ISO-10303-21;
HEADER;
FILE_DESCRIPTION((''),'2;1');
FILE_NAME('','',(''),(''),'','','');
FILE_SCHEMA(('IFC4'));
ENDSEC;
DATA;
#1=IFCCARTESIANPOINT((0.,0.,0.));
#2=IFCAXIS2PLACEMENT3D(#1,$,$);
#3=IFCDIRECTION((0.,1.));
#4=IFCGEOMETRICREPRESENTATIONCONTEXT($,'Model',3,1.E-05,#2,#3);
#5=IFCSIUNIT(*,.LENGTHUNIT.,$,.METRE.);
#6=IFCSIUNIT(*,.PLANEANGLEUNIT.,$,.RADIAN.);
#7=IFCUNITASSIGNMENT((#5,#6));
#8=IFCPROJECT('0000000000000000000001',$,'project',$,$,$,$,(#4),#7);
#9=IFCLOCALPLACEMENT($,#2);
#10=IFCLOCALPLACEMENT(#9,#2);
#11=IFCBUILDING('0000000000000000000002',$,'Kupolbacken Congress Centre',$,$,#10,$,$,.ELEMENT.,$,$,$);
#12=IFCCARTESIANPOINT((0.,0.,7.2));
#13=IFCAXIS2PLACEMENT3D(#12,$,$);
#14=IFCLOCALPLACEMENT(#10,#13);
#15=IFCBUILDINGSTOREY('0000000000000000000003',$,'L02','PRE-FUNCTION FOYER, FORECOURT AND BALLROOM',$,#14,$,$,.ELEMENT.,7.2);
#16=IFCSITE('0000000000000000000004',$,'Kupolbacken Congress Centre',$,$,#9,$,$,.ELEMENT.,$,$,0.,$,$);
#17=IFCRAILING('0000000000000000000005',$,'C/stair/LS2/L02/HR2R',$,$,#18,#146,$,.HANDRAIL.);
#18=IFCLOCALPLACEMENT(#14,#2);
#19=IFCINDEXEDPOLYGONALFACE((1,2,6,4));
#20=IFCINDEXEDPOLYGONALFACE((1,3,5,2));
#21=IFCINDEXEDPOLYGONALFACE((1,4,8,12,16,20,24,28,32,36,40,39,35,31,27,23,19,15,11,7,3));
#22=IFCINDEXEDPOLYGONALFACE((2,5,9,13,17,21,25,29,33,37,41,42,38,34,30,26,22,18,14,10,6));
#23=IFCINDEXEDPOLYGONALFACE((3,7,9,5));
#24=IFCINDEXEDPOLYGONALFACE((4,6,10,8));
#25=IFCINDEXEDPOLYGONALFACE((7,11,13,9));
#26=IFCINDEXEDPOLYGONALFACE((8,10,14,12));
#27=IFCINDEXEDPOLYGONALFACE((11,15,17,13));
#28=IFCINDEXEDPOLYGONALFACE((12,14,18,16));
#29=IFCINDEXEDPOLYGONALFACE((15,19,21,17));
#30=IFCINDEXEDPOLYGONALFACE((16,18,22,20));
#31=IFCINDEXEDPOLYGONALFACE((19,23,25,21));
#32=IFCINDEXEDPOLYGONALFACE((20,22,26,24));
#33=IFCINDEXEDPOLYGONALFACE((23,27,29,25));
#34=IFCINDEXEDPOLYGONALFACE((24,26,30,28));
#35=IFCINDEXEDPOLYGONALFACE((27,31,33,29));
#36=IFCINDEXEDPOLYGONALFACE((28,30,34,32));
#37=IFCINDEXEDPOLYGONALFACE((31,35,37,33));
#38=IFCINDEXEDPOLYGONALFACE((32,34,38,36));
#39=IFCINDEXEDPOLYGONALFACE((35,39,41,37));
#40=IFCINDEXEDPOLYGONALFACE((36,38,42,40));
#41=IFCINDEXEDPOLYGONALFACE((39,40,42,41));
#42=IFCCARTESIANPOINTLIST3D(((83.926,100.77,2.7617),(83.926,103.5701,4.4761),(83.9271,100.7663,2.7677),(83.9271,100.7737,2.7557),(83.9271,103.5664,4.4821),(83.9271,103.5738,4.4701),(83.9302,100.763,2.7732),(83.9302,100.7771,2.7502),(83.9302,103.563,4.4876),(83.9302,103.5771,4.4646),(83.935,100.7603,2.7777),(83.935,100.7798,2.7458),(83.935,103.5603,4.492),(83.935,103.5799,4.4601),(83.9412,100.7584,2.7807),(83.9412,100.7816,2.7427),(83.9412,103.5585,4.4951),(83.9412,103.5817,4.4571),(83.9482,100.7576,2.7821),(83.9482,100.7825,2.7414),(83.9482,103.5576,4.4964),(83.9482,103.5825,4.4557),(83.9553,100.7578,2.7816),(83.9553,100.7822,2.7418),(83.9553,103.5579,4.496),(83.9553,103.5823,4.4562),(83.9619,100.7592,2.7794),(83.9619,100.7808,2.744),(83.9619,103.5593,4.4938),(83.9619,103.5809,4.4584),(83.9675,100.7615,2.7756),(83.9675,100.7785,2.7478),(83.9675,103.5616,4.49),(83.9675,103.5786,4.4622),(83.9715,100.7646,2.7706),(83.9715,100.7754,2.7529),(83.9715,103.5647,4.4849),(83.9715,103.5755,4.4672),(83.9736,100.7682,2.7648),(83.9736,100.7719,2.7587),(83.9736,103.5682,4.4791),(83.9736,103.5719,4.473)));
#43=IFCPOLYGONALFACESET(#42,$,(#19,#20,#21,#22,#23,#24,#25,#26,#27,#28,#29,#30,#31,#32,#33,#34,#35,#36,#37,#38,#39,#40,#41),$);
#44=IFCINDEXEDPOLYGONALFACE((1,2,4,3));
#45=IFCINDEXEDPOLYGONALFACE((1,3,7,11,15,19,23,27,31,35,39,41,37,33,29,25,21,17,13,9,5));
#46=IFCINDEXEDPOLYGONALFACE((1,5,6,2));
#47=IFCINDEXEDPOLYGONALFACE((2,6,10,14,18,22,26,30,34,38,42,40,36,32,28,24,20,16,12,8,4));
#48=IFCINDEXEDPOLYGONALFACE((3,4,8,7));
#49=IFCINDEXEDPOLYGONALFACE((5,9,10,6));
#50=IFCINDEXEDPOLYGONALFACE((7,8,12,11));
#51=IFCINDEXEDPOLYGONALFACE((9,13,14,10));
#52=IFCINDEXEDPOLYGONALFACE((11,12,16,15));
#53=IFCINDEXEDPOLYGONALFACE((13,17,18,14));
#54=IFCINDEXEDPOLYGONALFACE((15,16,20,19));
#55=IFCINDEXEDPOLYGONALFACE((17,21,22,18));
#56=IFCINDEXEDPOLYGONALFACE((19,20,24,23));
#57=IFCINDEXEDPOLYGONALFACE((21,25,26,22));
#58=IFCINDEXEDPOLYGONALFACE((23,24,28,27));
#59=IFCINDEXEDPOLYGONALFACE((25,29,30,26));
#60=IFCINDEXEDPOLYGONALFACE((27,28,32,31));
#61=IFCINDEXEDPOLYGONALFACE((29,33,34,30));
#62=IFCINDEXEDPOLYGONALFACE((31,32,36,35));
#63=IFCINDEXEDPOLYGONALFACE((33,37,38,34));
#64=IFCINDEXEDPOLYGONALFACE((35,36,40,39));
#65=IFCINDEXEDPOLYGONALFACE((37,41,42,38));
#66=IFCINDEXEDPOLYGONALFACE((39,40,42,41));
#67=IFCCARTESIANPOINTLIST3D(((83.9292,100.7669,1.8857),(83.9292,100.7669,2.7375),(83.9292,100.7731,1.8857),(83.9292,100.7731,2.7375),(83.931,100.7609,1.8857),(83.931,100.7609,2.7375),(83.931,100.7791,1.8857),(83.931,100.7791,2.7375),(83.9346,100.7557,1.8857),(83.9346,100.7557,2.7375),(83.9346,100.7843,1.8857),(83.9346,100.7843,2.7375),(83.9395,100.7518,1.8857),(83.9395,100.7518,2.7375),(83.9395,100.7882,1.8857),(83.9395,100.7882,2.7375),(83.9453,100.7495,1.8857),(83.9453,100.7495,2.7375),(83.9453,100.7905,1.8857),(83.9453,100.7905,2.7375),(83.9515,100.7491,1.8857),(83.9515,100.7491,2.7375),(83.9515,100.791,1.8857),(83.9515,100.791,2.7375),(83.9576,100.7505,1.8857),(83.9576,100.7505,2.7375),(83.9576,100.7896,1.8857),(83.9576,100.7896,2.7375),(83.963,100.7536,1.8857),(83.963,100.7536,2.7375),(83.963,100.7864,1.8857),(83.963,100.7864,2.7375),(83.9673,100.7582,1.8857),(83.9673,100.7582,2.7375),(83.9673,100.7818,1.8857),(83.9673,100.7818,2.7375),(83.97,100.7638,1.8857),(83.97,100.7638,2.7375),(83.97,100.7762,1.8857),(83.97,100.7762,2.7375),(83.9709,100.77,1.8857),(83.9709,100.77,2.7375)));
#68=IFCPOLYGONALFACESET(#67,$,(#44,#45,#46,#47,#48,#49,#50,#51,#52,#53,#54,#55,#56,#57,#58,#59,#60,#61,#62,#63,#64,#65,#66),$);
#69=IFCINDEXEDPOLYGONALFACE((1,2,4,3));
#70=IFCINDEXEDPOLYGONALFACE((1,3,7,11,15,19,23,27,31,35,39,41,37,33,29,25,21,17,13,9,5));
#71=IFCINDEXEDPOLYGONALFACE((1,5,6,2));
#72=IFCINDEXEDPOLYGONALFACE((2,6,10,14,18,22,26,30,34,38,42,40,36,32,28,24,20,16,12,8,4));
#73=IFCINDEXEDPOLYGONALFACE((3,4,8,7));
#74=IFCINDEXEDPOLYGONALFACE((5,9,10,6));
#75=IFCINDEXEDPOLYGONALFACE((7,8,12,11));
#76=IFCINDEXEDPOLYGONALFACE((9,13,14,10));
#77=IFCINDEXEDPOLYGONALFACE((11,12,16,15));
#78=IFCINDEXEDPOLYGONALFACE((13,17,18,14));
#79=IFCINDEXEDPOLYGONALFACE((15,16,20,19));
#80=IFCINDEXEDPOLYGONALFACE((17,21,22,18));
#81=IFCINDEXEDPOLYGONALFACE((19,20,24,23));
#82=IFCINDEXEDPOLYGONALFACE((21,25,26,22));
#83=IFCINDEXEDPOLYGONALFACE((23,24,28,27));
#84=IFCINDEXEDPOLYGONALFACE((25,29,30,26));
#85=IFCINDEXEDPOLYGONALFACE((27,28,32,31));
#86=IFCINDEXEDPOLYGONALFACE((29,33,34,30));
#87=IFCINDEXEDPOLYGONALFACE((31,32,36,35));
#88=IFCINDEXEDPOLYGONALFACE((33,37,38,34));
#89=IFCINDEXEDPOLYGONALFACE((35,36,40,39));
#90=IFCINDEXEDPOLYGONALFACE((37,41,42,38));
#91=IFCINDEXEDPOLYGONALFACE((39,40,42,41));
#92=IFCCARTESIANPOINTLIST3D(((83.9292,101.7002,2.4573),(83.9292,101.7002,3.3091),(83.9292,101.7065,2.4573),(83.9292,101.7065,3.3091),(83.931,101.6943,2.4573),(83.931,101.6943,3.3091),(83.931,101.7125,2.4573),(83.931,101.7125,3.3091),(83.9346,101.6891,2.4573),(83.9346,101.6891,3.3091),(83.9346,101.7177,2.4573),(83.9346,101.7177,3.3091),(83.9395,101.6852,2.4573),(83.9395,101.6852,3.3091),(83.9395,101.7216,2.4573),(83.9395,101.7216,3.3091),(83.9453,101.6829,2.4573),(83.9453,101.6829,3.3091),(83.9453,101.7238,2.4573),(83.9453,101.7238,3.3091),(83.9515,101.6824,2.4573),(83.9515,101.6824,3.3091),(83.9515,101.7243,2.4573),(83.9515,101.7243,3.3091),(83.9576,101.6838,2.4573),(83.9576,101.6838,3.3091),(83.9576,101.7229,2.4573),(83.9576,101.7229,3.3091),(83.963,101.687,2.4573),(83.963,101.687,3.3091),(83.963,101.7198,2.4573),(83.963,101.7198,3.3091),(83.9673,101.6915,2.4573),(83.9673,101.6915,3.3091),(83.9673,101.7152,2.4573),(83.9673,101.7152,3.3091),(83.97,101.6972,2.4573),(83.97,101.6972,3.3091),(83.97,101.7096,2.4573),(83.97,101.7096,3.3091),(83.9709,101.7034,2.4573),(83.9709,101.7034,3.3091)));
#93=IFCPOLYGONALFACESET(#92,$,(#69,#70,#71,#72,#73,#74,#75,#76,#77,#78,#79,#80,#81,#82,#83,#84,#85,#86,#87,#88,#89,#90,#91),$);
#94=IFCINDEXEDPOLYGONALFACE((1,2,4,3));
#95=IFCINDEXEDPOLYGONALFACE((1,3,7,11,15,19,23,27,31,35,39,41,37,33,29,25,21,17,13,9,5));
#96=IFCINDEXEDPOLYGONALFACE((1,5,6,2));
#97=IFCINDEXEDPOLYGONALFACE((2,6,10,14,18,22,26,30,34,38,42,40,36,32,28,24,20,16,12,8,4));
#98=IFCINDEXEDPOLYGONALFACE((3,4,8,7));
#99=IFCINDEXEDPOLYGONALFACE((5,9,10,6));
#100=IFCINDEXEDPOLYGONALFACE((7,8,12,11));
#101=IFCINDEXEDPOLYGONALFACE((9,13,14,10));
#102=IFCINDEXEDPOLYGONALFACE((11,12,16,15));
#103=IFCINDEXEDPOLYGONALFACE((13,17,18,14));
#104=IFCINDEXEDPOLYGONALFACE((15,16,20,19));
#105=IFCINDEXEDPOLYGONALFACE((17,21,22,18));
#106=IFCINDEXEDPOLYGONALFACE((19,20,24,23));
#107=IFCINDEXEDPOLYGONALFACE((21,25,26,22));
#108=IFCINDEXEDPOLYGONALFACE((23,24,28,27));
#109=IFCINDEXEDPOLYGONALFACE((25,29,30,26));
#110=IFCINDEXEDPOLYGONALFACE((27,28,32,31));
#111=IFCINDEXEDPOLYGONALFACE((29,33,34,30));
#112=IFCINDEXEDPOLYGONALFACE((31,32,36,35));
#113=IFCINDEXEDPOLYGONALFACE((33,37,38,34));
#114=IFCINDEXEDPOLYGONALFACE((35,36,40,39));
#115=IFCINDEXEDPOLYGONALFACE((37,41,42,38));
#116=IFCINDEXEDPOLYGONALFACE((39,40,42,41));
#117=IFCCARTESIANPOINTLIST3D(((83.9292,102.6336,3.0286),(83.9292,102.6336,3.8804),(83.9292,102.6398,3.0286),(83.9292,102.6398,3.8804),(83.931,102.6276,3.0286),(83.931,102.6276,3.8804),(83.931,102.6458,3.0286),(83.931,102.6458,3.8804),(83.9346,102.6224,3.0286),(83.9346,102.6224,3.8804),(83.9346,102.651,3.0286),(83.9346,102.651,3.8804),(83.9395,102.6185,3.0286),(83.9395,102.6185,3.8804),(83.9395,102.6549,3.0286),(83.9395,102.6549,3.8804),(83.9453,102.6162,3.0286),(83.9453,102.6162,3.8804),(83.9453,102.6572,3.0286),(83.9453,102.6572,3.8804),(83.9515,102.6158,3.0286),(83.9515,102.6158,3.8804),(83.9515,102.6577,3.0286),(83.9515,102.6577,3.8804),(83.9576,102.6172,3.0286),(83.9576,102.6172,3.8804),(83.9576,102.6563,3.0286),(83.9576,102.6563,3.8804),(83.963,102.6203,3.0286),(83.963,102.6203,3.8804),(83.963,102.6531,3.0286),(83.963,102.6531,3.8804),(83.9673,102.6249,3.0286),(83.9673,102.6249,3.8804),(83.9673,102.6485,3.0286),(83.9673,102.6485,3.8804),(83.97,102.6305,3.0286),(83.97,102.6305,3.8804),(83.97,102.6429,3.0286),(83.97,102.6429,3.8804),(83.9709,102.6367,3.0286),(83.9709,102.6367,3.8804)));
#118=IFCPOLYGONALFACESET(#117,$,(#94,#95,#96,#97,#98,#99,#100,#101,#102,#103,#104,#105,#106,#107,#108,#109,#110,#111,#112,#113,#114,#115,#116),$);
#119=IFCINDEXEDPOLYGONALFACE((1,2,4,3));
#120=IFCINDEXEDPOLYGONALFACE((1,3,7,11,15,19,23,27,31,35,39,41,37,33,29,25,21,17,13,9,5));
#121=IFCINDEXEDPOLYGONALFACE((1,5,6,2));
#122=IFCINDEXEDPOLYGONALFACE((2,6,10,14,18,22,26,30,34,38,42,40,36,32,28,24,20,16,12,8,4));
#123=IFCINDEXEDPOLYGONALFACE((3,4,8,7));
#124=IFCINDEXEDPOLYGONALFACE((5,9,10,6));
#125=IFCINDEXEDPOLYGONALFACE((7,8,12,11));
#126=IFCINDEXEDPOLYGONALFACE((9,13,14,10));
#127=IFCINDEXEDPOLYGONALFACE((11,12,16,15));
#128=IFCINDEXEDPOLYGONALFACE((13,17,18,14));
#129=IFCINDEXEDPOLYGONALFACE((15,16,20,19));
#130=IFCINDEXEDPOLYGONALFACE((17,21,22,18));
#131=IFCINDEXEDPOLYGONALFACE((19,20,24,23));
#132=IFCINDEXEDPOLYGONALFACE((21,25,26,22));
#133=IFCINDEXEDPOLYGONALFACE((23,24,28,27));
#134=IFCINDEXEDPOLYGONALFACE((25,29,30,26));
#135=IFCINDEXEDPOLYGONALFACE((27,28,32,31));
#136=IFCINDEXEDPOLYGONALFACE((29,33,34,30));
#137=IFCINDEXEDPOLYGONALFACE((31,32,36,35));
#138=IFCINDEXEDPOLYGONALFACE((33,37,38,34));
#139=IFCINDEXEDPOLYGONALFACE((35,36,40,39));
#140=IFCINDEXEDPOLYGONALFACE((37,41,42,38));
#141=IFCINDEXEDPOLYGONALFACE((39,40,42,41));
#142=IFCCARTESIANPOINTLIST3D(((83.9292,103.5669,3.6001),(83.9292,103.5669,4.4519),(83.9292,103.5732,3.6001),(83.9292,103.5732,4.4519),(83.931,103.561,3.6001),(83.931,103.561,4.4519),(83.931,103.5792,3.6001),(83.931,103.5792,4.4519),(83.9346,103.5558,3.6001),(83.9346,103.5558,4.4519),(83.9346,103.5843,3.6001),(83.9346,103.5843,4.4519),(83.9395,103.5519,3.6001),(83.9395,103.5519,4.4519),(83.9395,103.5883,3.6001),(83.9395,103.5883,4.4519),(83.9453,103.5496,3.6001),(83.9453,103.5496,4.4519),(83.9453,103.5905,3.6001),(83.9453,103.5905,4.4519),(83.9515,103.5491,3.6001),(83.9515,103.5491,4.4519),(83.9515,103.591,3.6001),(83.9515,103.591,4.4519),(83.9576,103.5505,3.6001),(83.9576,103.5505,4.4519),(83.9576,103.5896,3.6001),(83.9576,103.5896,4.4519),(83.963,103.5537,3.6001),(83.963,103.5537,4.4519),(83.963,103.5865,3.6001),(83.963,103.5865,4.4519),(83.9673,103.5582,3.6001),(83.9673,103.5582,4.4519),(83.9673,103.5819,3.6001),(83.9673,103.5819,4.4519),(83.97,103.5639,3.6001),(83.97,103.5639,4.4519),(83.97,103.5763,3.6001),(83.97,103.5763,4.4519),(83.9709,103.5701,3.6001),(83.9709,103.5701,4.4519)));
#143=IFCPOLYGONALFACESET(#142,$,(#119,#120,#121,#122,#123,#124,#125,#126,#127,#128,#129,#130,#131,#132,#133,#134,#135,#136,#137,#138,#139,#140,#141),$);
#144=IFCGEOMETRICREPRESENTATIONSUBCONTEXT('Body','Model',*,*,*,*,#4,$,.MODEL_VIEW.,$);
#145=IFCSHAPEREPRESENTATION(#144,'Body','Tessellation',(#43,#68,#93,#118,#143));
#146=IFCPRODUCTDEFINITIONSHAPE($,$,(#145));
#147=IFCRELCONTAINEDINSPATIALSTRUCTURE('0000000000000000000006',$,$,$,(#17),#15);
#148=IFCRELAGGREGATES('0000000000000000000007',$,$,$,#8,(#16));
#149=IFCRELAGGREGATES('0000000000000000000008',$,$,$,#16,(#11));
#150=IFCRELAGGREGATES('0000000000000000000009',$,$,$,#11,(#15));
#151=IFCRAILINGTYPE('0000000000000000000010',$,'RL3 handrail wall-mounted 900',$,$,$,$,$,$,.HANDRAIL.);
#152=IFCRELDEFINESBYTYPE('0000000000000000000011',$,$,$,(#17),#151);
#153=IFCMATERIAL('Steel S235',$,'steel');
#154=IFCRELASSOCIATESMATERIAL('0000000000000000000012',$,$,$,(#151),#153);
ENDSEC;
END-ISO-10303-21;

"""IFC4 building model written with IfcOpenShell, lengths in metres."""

from ifc_helpers import new_model, si_unit, direction, frame, origin, origin_2d, place, context, subcontext, project, spatial, circle, extrude, material, type_object, element, save


model = new_model("IFC4")

# Units and contexts
model_context = context("Model", 3, precision=1e-05, world=origin(), true_north=direction((0.0, 1.0)))
body_context = subcontext(model_context, "Body", "Model", "MODEL_VIEW")
ifc_project = project(units=[si_unit("LENGTHUNIT", "METRE"), si_unit("PLANEANGLEUNIT", "RADIAN")], contexts=[model_context])

# Site, building, storey
site_placement = place(None, origin())
site = spatial("IfcSite", under=ifc_project, at=site_placement, Name="Kupolbacken Congress Centre", CompositionType="ELEMENT", RefElevation=0.0)
building_placement = place(site_placement, origin())
building = spatial("IfcBuilding", under=site, at=building_placement, Name="Kupolbacken Congress Centre", CompositionType="ELEMENT")
storey_placement = place(building_placement, frame((0.0, 0.0, 7.2)))
storey = spatial("IfcBuildingStorey", under=building, at=storey_placement, Name="L02", Description="PRE-FUNCTION FOYER, FORECOURT AND BALLROOM", CompositionType="ELEMENT", Elevation=7.2)

# Railing
ifc_material_1 = material(Name="Steel S235", Category="steel")
railing_type = type_object("IfcRailingType", Name="RL3 handrail wall-mounted 900", PredefinedType="HANDRAIL", material=ifc_material_1)
for number, where, name in (
    (1, (83.95, 100.77, 1.8857), "C/stair/LS2/L02/HR2R"),
):
    element("IfcRailing", number, at=place(storey_placement, frame(where)), inside=storey, type_object=railing_type, Name=name, PredefinedType="HANDRAIL", context=body_context, shape_type="SweptSolid", body=[
        extrude(circle(Radius=0.0239, at=origin_2d()), frame((0.0, 0.0, 0.876), z_axis=(0.0, 0.852846, 0.522163), x_axis=(-1.0, 0.0, 0.0)), (0.0, 0.0, 1.0), 3.2832),
        extrude(circle(Radius=0.021, at=origin_2d()), origin(), (0.0, 0.0, 1.0), 0.8518),
        extrude(circle(Radius=0.021, at=origin_2d()), frame((0.0, 0.9333, 0.5715)), (0.0, 0.0, 1.0), 0.8518),
        extrude(circle(Radius=0.021, at=origin_2d()), frame((0.0, 1.8667, 1.1428)), (0.0, 0.0, 1.0), 0.8518),
        extrude(circle(Radius=0.021, at=origin_2d()), frame((0.0, 2.8, 1.7144)), (0.0, 0.0, 1.0), 0.8518),
    ])

save(model, "model.ifc")
